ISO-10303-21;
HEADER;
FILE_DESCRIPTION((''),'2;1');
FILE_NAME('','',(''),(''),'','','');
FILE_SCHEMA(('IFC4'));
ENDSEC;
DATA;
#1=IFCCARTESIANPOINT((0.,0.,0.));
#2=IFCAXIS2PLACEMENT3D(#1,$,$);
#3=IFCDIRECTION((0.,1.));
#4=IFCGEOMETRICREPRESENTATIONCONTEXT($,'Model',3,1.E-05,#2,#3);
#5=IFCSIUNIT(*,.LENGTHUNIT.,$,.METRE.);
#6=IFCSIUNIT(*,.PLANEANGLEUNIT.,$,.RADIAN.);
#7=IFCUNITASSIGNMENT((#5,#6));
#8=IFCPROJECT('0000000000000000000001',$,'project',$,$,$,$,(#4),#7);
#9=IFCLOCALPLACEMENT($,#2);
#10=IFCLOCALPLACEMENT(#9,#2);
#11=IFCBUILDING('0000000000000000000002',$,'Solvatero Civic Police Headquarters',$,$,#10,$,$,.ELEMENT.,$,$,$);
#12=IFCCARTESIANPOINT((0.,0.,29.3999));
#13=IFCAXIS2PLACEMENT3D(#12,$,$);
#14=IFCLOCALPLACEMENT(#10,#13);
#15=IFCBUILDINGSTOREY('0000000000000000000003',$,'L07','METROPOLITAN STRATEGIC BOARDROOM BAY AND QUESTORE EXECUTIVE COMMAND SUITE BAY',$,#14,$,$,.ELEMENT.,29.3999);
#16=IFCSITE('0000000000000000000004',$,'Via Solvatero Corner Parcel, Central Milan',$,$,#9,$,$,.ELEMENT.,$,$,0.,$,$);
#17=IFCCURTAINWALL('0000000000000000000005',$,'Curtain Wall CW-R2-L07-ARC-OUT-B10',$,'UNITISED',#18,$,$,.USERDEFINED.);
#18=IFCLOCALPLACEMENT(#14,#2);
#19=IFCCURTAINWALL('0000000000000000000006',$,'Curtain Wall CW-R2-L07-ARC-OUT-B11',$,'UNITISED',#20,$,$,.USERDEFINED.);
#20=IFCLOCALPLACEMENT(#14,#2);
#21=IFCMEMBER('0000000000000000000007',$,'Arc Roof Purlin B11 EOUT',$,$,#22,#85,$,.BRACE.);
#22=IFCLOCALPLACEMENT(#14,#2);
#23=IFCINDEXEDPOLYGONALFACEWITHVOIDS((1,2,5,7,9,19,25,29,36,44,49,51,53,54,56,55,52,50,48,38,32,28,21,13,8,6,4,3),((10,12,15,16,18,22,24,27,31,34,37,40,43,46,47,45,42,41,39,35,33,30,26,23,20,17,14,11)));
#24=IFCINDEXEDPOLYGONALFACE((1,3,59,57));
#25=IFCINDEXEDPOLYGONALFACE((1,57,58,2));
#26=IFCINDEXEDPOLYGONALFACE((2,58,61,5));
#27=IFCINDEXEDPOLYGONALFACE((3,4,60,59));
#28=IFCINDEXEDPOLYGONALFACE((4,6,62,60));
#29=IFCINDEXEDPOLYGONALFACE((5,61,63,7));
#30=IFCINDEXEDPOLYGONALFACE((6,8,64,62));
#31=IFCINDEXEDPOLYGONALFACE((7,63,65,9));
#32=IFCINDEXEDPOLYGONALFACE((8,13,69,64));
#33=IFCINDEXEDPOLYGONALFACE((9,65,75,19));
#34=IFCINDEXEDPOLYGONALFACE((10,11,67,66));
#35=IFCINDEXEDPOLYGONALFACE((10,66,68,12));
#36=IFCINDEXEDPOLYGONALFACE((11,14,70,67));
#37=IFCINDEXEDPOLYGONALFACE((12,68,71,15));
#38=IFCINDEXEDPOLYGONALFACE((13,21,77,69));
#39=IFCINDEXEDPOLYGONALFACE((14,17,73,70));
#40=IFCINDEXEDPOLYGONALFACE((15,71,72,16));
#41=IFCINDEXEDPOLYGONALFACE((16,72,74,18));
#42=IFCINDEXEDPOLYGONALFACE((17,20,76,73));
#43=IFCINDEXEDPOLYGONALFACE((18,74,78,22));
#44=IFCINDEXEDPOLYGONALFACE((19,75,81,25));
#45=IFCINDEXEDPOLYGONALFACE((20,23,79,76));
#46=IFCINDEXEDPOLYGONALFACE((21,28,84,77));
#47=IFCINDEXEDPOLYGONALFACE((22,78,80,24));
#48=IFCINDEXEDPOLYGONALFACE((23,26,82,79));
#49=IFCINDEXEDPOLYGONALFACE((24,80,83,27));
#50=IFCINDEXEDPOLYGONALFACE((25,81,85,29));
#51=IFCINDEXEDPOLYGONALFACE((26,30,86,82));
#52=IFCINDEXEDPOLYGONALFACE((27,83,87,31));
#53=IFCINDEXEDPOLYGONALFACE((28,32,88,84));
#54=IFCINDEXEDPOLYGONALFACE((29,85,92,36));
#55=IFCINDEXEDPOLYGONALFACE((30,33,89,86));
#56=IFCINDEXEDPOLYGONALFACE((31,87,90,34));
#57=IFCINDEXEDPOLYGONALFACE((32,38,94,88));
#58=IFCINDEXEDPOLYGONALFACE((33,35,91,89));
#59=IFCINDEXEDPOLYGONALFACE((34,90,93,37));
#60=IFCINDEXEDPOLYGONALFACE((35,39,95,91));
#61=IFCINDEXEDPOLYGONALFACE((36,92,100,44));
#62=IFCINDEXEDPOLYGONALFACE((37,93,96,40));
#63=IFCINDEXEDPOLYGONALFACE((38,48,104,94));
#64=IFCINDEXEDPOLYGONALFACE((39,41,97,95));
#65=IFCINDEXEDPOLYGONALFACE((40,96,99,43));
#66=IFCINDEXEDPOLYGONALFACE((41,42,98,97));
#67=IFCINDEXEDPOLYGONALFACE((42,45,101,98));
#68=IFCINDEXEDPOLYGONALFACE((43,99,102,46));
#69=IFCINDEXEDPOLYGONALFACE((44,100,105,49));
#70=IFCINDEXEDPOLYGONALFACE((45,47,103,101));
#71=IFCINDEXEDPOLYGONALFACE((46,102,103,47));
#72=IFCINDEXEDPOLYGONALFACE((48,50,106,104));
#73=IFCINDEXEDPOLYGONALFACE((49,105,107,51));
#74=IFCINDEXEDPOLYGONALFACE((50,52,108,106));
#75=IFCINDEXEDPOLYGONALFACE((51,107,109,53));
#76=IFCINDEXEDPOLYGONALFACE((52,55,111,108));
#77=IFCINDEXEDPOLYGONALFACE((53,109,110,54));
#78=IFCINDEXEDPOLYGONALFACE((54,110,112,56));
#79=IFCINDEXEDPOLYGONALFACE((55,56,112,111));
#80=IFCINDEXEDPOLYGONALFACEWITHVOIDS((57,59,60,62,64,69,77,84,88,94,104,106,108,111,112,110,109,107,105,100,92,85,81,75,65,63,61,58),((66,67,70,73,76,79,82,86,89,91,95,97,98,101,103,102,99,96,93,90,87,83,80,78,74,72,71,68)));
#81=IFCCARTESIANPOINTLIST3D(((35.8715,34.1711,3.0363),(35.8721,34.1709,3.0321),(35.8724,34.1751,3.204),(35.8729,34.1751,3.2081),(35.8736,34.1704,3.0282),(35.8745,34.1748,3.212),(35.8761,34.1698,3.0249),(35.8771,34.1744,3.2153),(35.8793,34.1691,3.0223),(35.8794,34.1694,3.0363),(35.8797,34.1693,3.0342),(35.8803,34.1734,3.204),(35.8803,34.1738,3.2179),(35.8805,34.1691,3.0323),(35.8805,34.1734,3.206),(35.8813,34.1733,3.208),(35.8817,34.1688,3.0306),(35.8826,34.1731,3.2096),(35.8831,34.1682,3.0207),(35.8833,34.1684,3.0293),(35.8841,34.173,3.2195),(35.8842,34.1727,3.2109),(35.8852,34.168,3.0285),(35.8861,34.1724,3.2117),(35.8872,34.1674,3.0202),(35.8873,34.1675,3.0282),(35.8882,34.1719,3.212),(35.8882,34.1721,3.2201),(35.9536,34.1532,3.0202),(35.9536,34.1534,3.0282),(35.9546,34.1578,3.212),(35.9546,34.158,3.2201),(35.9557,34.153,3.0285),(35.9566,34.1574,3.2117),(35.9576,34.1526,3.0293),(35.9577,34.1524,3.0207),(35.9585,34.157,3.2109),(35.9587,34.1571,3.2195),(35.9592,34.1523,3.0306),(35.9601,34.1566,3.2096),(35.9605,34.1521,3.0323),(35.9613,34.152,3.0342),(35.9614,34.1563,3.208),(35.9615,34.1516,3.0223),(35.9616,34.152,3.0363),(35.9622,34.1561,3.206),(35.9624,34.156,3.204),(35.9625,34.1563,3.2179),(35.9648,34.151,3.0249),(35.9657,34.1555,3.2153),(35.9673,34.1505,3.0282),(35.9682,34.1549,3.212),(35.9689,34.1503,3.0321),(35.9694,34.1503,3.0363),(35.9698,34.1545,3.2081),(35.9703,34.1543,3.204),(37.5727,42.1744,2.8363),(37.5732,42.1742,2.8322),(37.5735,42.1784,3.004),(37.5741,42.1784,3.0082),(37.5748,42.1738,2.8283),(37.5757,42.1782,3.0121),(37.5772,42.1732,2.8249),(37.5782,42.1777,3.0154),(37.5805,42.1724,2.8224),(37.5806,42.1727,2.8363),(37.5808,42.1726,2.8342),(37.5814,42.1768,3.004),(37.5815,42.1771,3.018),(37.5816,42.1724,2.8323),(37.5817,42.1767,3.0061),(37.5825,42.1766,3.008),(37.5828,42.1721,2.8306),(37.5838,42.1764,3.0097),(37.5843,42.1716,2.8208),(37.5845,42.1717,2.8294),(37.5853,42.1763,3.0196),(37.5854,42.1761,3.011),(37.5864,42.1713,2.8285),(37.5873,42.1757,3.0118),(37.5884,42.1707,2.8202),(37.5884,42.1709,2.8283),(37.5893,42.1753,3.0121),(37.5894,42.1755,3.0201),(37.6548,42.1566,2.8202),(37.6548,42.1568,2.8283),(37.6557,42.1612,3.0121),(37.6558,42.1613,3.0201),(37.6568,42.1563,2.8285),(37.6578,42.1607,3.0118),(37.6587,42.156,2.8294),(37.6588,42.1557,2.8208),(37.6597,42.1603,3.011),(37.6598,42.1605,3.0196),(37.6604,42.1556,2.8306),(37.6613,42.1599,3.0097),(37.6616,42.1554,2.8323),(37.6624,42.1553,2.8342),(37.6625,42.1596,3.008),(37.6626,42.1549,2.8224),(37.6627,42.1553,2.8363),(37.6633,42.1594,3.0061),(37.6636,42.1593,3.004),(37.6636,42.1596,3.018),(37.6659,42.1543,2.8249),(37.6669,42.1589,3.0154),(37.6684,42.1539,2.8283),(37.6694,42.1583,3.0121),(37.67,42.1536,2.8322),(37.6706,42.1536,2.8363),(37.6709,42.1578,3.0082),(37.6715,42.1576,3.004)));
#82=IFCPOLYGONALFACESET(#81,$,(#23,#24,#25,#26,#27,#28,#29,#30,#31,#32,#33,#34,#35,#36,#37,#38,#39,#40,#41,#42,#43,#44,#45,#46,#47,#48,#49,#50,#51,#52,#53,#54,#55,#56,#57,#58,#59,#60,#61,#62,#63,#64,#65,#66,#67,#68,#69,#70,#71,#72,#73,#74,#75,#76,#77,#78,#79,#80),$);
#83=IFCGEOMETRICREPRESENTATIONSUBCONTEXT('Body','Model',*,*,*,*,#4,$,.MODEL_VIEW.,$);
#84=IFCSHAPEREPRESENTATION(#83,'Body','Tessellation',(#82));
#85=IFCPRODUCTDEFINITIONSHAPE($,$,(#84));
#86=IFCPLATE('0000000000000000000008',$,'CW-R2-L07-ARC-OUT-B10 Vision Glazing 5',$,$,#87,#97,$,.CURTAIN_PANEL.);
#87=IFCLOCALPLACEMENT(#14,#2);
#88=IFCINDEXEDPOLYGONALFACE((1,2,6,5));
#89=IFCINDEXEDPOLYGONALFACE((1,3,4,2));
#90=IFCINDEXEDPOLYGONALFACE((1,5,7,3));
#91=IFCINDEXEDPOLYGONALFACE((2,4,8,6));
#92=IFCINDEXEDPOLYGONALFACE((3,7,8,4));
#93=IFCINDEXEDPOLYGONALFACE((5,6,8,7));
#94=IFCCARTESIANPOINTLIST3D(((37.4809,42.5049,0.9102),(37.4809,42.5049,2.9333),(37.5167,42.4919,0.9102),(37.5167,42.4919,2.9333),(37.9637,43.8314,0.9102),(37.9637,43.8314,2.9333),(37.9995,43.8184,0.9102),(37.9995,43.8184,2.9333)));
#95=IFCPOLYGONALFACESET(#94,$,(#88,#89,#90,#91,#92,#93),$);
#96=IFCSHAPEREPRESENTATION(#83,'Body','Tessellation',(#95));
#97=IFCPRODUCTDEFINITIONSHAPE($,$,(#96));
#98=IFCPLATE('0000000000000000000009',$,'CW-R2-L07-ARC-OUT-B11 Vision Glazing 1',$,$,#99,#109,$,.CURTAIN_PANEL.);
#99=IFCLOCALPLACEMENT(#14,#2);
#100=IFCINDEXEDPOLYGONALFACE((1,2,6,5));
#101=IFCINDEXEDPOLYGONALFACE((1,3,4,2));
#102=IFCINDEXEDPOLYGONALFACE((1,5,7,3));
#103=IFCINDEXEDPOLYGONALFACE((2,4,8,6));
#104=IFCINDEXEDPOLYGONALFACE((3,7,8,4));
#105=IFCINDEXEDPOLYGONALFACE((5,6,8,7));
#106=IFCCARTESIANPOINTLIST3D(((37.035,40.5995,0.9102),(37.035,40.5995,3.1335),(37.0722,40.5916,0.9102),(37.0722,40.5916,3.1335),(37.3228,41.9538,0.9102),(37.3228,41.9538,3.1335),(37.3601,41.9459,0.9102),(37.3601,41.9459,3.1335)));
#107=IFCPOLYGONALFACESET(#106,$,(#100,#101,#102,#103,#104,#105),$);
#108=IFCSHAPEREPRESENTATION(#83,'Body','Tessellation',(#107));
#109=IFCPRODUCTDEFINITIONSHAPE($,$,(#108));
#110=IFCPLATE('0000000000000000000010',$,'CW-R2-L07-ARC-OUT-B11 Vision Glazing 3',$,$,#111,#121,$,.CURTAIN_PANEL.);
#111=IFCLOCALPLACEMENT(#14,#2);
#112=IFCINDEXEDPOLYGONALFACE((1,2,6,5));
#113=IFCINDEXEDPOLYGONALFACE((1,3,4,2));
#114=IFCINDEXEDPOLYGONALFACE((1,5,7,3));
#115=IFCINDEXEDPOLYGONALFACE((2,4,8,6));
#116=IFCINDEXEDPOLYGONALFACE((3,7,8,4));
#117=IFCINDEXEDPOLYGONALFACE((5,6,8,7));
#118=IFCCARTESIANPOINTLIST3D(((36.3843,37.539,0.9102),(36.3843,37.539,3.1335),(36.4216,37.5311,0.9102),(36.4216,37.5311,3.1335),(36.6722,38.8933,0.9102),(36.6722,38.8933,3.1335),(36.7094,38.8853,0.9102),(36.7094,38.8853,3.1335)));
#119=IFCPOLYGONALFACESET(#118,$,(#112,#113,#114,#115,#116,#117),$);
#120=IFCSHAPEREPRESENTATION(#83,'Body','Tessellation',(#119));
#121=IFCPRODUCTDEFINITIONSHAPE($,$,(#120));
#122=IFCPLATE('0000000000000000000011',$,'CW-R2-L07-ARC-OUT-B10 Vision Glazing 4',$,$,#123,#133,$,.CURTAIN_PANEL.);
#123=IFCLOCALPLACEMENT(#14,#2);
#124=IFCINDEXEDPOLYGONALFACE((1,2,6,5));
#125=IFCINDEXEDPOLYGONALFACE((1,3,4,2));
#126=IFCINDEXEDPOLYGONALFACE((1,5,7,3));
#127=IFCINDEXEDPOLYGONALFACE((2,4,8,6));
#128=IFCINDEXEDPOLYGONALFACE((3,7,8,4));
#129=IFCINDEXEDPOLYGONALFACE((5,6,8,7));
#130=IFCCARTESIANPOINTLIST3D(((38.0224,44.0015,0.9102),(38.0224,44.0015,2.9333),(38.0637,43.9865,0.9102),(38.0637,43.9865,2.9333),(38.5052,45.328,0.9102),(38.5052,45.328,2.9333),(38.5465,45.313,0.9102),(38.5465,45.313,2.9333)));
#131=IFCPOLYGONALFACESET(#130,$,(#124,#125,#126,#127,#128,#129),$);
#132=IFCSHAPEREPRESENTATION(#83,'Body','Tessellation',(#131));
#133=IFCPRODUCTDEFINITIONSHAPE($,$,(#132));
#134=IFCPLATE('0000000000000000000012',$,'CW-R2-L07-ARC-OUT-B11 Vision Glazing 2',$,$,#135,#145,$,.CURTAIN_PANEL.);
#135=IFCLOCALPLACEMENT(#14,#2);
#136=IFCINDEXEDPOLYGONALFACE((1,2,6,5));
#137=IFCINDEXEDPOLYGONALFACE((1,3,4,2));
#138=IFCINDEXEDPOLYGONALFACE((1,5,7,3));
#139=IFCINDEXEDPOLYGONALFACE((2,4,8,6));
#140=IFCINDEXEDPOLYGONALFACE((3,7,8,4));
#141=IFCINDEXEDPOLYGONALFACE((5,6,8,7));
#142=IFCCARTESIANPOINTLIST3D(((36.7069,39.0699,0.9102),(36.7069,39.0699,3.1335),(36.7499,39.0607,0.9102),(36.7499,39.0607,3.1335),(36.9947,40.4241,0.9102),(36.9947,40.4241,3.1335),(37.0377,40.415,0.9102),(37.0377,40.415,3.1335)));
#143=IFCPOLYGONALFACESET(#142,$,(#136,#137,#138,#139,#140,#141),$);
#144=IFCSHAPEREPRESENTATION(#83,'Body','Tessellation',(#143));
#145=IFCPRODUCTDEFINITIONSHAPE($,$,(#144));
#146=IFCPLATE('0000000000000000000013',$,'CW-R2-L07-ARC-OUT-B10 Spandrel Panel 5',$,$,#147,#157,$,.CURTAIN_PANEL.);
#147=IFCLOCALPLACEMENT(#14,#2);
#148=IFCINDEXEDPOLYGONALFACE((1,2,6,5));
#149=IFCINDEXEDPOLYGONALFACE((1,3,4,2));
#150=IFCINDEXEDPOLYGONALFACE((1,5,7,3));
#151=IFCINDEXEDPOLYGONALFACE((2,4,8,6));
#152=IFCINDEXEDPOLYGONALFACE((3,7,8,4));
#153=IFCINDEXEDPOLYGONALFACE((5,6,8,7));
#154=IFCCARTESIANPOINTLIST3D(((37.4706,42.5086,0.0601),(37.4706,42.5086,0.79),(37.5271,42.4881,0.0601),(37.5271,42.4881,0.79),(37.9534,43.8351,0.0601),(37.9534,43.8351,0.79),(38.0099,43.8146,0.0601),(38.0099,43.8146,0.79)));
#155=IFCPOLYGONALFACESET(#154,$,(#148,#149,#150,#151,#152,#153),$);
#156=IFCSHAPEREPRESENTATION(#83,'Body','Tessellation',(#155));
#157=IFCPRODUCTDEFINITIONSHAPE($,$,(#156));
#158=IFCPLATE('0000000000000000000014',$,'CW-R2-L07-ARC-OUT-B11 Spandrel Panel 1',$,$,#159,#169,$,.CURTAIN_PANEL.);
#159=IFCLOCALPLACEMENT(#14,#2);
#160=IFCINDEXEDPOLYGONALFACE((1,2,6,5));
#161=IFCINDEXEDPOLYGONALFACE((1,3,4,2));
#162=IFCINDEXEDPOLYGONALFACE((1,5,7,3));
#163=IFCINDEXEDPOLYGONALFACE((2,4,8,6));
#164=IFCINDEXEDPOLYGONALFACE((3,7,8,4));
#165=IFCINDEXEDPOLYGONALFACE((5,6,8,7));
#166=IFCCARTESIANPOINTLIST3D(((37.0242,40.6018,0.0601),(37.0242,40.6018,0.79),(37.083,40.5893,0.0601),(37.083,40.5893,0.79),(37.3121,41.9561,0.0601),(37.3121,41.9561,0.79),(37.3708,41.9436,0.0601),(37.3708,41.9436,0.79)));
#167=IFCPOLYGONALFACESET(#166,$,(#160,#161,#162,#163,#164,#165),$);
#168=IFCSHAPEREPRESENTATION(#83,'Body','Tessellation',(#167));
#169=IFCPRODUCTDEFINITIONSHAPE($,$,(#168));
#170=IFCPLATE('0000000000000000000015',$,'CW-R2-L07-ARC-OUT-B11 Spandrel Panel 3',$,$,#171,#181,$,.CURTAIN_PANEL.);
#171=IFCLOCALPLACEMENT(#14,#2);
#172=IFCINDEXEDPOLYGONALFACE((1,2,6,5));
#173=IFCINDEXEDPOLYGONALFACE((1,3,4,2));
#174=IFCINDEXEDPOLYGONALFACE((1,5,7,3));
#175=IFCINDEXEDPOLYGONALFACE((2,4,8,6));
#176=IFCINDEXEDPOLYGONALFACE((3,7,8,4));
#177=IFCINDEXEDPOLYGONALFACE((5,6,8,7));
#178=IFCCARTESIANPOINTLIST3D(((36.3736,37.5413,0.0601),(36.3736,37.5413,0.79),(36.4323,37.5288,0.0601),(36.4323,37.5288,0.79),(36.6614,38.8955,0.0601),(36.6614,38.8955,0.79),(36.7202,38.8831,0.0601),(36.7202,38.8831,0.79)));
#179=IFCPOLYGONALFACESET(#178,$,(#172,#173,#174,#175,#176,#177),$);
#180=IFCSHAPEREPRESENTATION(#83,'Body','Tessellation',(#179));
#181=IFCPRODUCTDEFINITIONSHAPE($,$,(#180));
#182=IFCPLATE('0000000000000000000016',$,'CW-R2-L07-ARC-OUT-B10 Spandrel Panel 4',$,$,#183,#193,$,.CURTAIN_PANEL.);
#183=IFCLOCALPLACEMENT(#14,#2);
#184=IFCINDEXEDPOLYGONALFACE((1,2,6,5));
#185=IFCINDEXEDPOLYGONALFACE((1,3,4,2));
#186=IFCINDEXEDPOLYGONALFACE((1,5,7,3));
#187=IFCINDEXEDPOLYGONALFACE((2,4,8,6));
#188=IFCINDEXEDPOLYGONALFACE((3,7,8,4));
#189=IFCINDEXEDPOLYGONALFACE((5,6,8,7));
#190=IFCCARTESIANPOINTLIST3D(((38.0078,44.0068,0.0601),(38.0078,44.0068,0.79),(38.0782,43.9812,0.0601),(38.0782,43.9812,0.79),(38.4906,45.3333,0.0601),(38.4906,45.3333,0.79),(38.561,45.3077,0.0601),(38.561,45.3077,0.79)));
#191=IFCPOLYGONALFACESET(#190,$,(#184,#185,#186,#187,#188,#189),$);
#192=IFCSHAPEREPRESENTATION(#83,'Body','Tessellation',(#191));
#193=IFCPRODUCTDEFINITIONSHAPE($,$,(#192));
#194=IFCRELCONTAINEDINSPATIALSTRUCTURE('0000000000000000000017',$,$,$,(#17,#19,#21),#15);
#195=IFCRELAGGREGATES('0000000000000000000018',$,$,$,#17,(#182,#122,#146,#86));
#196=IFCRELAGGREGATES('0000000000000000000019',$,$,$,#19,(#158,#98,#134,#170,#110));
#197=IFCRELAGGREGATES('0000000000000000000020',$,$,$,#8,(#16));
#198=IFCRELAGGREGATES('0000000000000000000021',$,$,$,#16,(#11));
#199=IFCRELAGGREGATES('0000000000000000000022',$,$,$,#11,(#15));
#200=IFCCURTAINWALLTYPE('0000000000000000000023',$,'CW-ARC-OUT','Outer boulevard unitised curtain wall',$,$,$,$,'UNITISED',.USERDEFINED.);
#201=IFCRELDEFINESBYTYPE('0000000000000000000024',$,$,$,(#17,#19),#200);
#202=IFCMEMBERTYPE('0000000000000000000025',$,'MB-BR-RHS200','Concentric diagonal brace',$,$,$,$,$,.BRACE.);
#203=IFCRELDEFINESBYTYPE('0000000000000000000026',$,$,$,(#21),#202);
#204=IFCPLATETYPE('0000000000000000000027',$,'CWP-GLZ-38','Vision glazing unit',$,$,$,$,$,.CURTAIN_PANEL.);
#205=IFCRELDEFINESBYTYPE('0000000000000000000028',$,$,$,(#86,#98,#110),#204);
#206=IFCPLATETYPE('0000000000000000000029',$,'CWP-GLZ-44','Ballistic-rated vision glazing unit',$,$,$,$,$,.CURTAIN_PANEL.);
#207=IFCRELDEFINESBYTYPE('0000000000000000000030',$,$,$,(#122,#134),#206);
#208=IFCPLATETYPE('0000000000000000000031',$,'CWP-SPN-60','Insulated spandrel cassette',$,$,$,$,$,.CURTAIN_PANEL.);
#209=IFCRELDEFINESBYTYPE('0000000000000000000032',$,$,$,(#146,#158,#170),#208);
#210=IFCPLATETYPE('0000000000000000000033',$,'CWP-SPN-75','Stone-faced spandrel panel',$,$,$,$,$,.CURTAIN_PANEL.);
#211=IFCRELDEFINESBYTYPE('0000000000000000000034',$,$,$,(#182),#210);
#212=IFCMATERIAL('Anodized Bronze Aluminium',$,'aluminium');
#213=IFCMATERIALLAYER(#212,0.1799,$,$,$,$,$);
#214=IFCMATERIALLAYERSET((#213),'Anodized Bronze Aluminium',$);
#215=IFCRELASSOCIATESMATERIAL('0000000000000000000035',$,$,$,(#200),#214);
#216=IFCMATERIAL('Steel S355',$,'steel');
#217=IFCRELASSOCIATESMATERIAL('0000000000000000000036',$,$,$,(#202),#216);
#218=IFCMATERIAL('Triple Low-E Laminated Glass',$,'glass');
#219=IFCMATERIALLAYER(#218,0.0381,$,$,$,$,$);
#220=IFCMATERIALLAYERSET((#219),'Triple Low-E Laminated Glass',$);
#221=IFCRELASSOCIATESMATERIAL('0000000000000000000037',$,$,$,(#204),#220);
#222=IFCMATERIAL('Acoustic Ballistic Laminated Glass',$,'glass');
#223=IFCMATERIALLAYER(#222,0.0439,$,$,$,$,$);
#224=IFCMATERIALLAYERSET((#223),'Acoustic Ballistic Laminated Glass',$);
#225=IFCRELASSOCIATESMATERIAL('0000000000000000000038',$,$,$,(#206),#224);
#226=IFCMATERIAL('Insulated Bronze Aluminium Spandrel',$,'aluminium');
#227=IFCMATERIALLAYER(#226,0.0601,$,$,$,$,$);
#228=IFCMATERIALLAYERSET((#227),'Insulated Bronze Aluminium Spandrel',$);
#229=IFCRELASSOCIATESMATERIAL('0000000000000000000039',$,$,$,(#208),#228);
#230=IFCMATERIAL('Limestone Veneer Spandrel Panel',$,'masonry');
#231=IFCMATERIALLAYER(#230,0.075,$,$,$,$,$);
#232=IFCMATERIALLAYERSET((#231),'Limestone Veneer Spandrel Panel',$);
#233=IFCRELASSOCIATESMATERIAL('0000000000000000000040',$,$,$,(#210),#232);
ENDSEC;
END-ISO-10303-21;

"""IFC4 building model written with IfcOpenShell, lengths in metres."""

from ifc_helpers import new_model, si_unit, direction, frame, origin, origin_2d, place, context, subcontext, project, spatial, rectangle, hollow_rectangle, extrude, material, layer, layer_set, material_profile, profile_set, type_object, element, aggregate, save


model = new_model("IFC4")

# Units and contexts
model_context = context("Model", 3, precision=1e-05, world=origin(), true_north=direction((0.0, 1.0)))
body_context = subcontext(model_context, "Body", "Model", "MODEL_VIEW")
ifc_project = project(units=[si_unit("LENGTHUNIT", "METRE"), si_unit("PLANEANGLEUNIT", "RADIAN")], contexts=[model_context])

# Site, building, storey
site_placement = place(None, origin())
site = spatial("IfcSite", under=ifc_project, at=site_placement, Name="Via Solvatero Corner Parcel, Central Milan", CompositionType="ELEMENT", RefElevation=0.0)
building_placement = place(site_placement, origin())
building = spatial("IfcBuilding", under=site, at=building_placement, Name="Solvatero Civic Police Headquarters", CompositionType="ELEMENT")
storey_placement = place(building_placement, frame((0.0, 0.0, 29.3999)))
storey = spatial("IfcBuildingStorey", under=building, at=storey_placement, Name="L07", Description="METROPOLITAN STRATEGIC BOARDROOM BAY AND QUESTORE EXECUTIVE COMMAND SUITE BAY", CompositionType="ELEMENT", Elevation=29.3999)

# Shared definitions
ifc_material_1 = material(Name="Steel S355", Category="steel")

# Curtain walls
ifc_material_2 = material(Name="Anodized Bronze Aluminium", Category="aluminium")
ifc_layer_1 = layer(ifc_material_2, 0.1799)
ifc_layer_set_1 = layer_set([ifc_layer_1], Name="Anodized Bronze Aluminium")
curtain_wall_type = type_object("IfcCurtainWallType", Name="CW-ARC-OUT", Description="Outer boulevard unitised curtain wall", ElementType="UNITISED", PredefinedType="USERDEFINED", material=ifc_layer_set_1)
curtain_wall_1_placement = place(storey_placement, origin())
curtain_wall_1 = element("IfcCurtainWall", 1, at=curtain_wall_1_placement, inside=storey, type_object=curtain_wall_type, Name="Curtain Wall CW-R2-L07-ARC-OUT-B10", ObjectType="UNITISED", PredefinedType="USERDEFINED")
curtain_wall_2_placement = place(storey_placement, origin())
curtain_wall_2 = element("IfcCurtainWall", 2, at=curtain_wall_2_placement, inside=storey, type_object=curtain_wall_type, Name="Curtain Wall CW-R2-L07-ARC-OUT-B11", ObjectType="UNITISED", PredefinedType="USERDEFINED")

# Member
ifc_material_profile_1 = material_profile(ifc_material_1, hollow_rectangle(XDim=0.1001, YDim=0.2, WallThickness=0.0081, InnerFilletRadius=0.0081, OuterFilletRadius=0.0161, at=origin_2d()), Name="RHS 200x100x8.0")
ifc_profile_set_1 = profile_set([ifc_material_profile_1], Name="Steel S355")
member_type_1 = type_object("IfcMemberType", Name="MB-BR-RHS200", Description="Concentric diagonal brace", PredefinedType="BRACE", material=ifc_profile_set_1)
member_1_placement = place(storey_placement, frame((37.6221, 42.166, 2.9202), z_axis=(-0.207849, -0.977856, 0.02443), x_axis=(0.978148, -0.207911, 0.0)))
element("IfcMember", 3, at=member_1_placement, inside=storey, type_object=member_type_1, Name="Arc Roof Purlin B11 EOUT", PredefinedType="BRACE", context=body_context, shape_type="SweptSolid", body=[
    extrude(hollow_rectangle(XDim=0.1001, YDim=0.2, WallThickness=0.0081, InnerFilletRadius=0.0081, OuterFilletRadius=0.0161, at=origin_2d()), origin(), (0.0, 0.0, 1.0), 8.1846),
])

# Plates
ifc_material_3 = material(Name="Triple Low-E Laminated Glass", Category="glass")
ifc_layer_2 = layer(ifc_material_3, 0.0381)
ifc_layer_set_2 = layer_set([ifc_layer_2], Name="Triple Low-E Laminated Glass")
plate_type_1 = type_object("IfcPlateType", Name="CWP-GLZ-38", Description="Vision glazing unit", PredefinedType="CURTAIN_PANEL", material=ifc_layer_set_2)
plate_1_placement = place(storey_placement, frame((37.7402, 43.1616, 0.9102), z_axis=(0.0, 0.0, 1.0), x_axis=(-0.34202, -0.939693, 0.0)))
plate_1 = element("IfcPlate", 4, at=plate_1_placement, type_object=plate_type_1, Name="CW-R2-L07-ARC-OUT-B10 Vision Glazing 5", PredefinedType="CURTAIN_PANEL", context=body_context, shape_type="SweptSolid", body=[
    extrude(rectangle(XDim=1.4116, YDim=0.0381, at=origin_2d()), origin(), (0.0, 0.0, 1.0), 2.0232),
])
plate_2_placement = place(storey_placement, frame((37.1975, 41.2727, 0.9102), z_axis=(0.0, 0.0, 1.0), x_axis=(-0.207895, -0.978151, 0.0)))
plate_2 = element("IfcPlate", 5, at=plate_2_placement, type_object=plate_type_1, Name="CW-R2-L07-ARC-OUT-B11 Vision Glazing 1", PredefinedType="CURTAIN_PANEL", context=body_context, shape_type="SweptSolid", body=[
    extrude(rectangle(XDim=1.3845, YDim=0.0381, at=origin_2d()), origin(), (0.0, 0.0, 1.0), 2.2234),
])
plate_3_placement = place(storey_placement, frame((36.5469, 38.2122, 0.9102), z_axis=(0.0, 0.0, 1.0), x_axis=(-0.207895, -0.978151, 0.0)))
plate_3 = element("IfcPlate", 6, at=plate_3_placement, type_object=plate_type_1, Name="CW-R2-L07-ARC-OUT-B11 Vision Glazing 3", PredefinedType="CURTAIN_PANEL", context=body_context, shape_type="SweptSolid", body=[
    extrude(rectangle(XDim=1.3845, YDim=0.0381, at=origin_2d()), origin(), (0.0, 0.0, 1.0), 2.2234),
])
ifc_material_4 = material(Name="Acoustic Ballistic Laminated Glass", Category="glass")
ifc_layer_3 = layer(ifc_material_4, 0.0439)
ifc_layer_set_3 = layer_set([ifc_layer_3], Name="Acoustic Ballistic Laminated Glass")
plate_type_2 = type_object("IfcPlateType", Name="CWP-GLZ-44", Description="Ballistic-rated vision glazing unit", PredefinedType="CURTAIN_PANEL", material=ifc_layer_set_3)
plate_4_placement = place(storey_placement, frame((38.2844, 44.6572, 0.9102), z_axis=(0.0, 0.0, 1.0), x_axis=(-0.34202, -0.939693, 0.0)))
plate_4 = element("IfcPlate", 7, at=plate_4_placement, type_object=plate_type_2, Name="CW-R2-L07-ARC-OUT-B10 Vision Glazing 4", PredefinedType="CURTAIN_PANEL", context=body_context, shape_type="SweptSolid", body=[
    extrude(rectangle(XDim=1.4116, YDim=0.0439, at=origin_2d()), origin(), (0.0, 0.0, 1.0), 2.0232),
])
plate_5_placement = place(storey_placement, frame((36.8723, 39.7424, 0.9102), z_axis=(0.0, 0.0, 1.0), x_axis=(-0.207895, -0.978151, 0.0)))
plate_5 = element("IfcPlate", 8, at=plate_5_placement, type_object=plate_type_2, Name="CW-R2-L07-ARC-OUT-B11 Vision Glazing 2", PredefinedType="CURTAIN_PANEL", context=body_context, shape_type="SweptSolid", body=[
    extrude(rectangle(XDim=1.3845, YDim=0.0439, at=origin_2d()), origin(), (0.0, 0.0, 1.0), 2.2234),
])
ifc_material_5 = material(Name="Insulated Bronze Aluminium Spandrel", Category="aluminium")
ifc_layer_4 = layer(ifc_material_5, 0.0601)
ifc_layer_set_4 = layer_set([ifc_layer_4], Name="Insulated Bronze Aluminium Spandrel")
plate_type_3 = type_object("IfcPlateType", Name="CWP-SPN-60", Description="Insulated spandrel cassette", PredefinedType="CURTAIN_PANEL", material=ifc_layer_set_4)
plate_6_placement = place(storey_placement, frame((37.7402, 43.1616, 0.0601), z_axis=(0.0, 0.0, 1.0), x_axis=(-0.34202, -0.939693, 0.0)))
plate_6 = element("IfcPlate", 9, at=plate_6_placement, type_object=plate_type_3, Name="CW-R2-L07-ARC-OUT-B10 Spandrel Panel 5", PredefinedType="CURTAIN_PANEL", context=body_context, shape_type="SweptSolid", body=[
    extrude(rectangle(XDim=1.4116, YDim=0.0601, at=origin_2d()), origin(), (0.0, 0.0, 1.0), 0.73),
])
plate_7_placement = place(storey_placement, frame((37.1975, 41.2727, 0.0601), z_axis=(0.0, 0.0, 1.0), x_axis=(-0.207895, -0.978151, 0.0)))
plate_7 = element("IfcPlate", 10, at=plate_7_placement, type_object=plate_type_3, Name="CW-R2-L07-ARC-OUT-B11 Spandrel Panel 1", PredefinedType="CURTAIN_PANEL", context=body_context, shape_type="SweptSolid", body=[
    extrude(rectangle(XDim=1.3845, YDim=0.0601, at=origin_2d()), origin(), (0.0, 0.0, 1.0), 0.73),
])
plate_8_placement = place(storey_placement, frame((36.5469, 38.2122, 0.0601), z_axis=(0.0, 0.0, 1.0), x_axis=(-0.207895, -0.978151, 0.0)))
plate_8 = element("IfcPlate", 11, at=plate_8_placement, type_object=plate_type_3, Name="CW-R2-L07-ARC-OUT-B11 Spandrel Panel 3", PredefinedType="CURTAIN_PANEL", context=body_context, shape_type="SweptSolid", body=[
    extrude(rectangle(XDim=1.3845, YDim=0.0601, at=origin_2d()), origin(), (0.0, 0.0, 1.0), 0.73),
])
ifc_material_6 = material(Name="Limestone Veneer Spandrel Panel", Category="masonry")
ifc_layer_5 = layer(ifc_material_6, 0.075)
ifc_layer_set_5 = layer_set([ifc_layer_5], Name="Limestone Veneer Spandrel Panel")
plate_type_4 = type_object("IfcPlateType", Name="CWP-SPN-75", Description="Stone-faced spandrel panel", PredefinedType="CURTAIN_PANEL", material=ifc_layer_set_5)
plate_9_placement = place(storey_placement, frame((38.2844, 44.6572, 0.0601), z_axis=(0.0, 0.0, 1.0), x_axis=(-0.34202, -0.939693, 0.0)))
plate_9 = element("IfcPlate", 12, at=plate_9_placement, type_object=plate_type_4, Name="CW-R2-L07-ARC-OUT-B10 Spandrel Panel 4", PredefinedType="CURTAIN_PANEL", context=body_context, shape_type="SweptSolid", body=[
    extrude(rectangle(XDim=1.4116, YDim=0.075, at=origin_2d()), origin(), (0.0, 0.0, 1.0), 0.73),
])
aggregate(curtain_wall_1, [plate_9, plate_4, plate_6, plate_1])
aggregate(curtain_wall_2, [plate_7, plate_2, plate_5, plate_8, plate_3])

save(model, "model.ifc")
